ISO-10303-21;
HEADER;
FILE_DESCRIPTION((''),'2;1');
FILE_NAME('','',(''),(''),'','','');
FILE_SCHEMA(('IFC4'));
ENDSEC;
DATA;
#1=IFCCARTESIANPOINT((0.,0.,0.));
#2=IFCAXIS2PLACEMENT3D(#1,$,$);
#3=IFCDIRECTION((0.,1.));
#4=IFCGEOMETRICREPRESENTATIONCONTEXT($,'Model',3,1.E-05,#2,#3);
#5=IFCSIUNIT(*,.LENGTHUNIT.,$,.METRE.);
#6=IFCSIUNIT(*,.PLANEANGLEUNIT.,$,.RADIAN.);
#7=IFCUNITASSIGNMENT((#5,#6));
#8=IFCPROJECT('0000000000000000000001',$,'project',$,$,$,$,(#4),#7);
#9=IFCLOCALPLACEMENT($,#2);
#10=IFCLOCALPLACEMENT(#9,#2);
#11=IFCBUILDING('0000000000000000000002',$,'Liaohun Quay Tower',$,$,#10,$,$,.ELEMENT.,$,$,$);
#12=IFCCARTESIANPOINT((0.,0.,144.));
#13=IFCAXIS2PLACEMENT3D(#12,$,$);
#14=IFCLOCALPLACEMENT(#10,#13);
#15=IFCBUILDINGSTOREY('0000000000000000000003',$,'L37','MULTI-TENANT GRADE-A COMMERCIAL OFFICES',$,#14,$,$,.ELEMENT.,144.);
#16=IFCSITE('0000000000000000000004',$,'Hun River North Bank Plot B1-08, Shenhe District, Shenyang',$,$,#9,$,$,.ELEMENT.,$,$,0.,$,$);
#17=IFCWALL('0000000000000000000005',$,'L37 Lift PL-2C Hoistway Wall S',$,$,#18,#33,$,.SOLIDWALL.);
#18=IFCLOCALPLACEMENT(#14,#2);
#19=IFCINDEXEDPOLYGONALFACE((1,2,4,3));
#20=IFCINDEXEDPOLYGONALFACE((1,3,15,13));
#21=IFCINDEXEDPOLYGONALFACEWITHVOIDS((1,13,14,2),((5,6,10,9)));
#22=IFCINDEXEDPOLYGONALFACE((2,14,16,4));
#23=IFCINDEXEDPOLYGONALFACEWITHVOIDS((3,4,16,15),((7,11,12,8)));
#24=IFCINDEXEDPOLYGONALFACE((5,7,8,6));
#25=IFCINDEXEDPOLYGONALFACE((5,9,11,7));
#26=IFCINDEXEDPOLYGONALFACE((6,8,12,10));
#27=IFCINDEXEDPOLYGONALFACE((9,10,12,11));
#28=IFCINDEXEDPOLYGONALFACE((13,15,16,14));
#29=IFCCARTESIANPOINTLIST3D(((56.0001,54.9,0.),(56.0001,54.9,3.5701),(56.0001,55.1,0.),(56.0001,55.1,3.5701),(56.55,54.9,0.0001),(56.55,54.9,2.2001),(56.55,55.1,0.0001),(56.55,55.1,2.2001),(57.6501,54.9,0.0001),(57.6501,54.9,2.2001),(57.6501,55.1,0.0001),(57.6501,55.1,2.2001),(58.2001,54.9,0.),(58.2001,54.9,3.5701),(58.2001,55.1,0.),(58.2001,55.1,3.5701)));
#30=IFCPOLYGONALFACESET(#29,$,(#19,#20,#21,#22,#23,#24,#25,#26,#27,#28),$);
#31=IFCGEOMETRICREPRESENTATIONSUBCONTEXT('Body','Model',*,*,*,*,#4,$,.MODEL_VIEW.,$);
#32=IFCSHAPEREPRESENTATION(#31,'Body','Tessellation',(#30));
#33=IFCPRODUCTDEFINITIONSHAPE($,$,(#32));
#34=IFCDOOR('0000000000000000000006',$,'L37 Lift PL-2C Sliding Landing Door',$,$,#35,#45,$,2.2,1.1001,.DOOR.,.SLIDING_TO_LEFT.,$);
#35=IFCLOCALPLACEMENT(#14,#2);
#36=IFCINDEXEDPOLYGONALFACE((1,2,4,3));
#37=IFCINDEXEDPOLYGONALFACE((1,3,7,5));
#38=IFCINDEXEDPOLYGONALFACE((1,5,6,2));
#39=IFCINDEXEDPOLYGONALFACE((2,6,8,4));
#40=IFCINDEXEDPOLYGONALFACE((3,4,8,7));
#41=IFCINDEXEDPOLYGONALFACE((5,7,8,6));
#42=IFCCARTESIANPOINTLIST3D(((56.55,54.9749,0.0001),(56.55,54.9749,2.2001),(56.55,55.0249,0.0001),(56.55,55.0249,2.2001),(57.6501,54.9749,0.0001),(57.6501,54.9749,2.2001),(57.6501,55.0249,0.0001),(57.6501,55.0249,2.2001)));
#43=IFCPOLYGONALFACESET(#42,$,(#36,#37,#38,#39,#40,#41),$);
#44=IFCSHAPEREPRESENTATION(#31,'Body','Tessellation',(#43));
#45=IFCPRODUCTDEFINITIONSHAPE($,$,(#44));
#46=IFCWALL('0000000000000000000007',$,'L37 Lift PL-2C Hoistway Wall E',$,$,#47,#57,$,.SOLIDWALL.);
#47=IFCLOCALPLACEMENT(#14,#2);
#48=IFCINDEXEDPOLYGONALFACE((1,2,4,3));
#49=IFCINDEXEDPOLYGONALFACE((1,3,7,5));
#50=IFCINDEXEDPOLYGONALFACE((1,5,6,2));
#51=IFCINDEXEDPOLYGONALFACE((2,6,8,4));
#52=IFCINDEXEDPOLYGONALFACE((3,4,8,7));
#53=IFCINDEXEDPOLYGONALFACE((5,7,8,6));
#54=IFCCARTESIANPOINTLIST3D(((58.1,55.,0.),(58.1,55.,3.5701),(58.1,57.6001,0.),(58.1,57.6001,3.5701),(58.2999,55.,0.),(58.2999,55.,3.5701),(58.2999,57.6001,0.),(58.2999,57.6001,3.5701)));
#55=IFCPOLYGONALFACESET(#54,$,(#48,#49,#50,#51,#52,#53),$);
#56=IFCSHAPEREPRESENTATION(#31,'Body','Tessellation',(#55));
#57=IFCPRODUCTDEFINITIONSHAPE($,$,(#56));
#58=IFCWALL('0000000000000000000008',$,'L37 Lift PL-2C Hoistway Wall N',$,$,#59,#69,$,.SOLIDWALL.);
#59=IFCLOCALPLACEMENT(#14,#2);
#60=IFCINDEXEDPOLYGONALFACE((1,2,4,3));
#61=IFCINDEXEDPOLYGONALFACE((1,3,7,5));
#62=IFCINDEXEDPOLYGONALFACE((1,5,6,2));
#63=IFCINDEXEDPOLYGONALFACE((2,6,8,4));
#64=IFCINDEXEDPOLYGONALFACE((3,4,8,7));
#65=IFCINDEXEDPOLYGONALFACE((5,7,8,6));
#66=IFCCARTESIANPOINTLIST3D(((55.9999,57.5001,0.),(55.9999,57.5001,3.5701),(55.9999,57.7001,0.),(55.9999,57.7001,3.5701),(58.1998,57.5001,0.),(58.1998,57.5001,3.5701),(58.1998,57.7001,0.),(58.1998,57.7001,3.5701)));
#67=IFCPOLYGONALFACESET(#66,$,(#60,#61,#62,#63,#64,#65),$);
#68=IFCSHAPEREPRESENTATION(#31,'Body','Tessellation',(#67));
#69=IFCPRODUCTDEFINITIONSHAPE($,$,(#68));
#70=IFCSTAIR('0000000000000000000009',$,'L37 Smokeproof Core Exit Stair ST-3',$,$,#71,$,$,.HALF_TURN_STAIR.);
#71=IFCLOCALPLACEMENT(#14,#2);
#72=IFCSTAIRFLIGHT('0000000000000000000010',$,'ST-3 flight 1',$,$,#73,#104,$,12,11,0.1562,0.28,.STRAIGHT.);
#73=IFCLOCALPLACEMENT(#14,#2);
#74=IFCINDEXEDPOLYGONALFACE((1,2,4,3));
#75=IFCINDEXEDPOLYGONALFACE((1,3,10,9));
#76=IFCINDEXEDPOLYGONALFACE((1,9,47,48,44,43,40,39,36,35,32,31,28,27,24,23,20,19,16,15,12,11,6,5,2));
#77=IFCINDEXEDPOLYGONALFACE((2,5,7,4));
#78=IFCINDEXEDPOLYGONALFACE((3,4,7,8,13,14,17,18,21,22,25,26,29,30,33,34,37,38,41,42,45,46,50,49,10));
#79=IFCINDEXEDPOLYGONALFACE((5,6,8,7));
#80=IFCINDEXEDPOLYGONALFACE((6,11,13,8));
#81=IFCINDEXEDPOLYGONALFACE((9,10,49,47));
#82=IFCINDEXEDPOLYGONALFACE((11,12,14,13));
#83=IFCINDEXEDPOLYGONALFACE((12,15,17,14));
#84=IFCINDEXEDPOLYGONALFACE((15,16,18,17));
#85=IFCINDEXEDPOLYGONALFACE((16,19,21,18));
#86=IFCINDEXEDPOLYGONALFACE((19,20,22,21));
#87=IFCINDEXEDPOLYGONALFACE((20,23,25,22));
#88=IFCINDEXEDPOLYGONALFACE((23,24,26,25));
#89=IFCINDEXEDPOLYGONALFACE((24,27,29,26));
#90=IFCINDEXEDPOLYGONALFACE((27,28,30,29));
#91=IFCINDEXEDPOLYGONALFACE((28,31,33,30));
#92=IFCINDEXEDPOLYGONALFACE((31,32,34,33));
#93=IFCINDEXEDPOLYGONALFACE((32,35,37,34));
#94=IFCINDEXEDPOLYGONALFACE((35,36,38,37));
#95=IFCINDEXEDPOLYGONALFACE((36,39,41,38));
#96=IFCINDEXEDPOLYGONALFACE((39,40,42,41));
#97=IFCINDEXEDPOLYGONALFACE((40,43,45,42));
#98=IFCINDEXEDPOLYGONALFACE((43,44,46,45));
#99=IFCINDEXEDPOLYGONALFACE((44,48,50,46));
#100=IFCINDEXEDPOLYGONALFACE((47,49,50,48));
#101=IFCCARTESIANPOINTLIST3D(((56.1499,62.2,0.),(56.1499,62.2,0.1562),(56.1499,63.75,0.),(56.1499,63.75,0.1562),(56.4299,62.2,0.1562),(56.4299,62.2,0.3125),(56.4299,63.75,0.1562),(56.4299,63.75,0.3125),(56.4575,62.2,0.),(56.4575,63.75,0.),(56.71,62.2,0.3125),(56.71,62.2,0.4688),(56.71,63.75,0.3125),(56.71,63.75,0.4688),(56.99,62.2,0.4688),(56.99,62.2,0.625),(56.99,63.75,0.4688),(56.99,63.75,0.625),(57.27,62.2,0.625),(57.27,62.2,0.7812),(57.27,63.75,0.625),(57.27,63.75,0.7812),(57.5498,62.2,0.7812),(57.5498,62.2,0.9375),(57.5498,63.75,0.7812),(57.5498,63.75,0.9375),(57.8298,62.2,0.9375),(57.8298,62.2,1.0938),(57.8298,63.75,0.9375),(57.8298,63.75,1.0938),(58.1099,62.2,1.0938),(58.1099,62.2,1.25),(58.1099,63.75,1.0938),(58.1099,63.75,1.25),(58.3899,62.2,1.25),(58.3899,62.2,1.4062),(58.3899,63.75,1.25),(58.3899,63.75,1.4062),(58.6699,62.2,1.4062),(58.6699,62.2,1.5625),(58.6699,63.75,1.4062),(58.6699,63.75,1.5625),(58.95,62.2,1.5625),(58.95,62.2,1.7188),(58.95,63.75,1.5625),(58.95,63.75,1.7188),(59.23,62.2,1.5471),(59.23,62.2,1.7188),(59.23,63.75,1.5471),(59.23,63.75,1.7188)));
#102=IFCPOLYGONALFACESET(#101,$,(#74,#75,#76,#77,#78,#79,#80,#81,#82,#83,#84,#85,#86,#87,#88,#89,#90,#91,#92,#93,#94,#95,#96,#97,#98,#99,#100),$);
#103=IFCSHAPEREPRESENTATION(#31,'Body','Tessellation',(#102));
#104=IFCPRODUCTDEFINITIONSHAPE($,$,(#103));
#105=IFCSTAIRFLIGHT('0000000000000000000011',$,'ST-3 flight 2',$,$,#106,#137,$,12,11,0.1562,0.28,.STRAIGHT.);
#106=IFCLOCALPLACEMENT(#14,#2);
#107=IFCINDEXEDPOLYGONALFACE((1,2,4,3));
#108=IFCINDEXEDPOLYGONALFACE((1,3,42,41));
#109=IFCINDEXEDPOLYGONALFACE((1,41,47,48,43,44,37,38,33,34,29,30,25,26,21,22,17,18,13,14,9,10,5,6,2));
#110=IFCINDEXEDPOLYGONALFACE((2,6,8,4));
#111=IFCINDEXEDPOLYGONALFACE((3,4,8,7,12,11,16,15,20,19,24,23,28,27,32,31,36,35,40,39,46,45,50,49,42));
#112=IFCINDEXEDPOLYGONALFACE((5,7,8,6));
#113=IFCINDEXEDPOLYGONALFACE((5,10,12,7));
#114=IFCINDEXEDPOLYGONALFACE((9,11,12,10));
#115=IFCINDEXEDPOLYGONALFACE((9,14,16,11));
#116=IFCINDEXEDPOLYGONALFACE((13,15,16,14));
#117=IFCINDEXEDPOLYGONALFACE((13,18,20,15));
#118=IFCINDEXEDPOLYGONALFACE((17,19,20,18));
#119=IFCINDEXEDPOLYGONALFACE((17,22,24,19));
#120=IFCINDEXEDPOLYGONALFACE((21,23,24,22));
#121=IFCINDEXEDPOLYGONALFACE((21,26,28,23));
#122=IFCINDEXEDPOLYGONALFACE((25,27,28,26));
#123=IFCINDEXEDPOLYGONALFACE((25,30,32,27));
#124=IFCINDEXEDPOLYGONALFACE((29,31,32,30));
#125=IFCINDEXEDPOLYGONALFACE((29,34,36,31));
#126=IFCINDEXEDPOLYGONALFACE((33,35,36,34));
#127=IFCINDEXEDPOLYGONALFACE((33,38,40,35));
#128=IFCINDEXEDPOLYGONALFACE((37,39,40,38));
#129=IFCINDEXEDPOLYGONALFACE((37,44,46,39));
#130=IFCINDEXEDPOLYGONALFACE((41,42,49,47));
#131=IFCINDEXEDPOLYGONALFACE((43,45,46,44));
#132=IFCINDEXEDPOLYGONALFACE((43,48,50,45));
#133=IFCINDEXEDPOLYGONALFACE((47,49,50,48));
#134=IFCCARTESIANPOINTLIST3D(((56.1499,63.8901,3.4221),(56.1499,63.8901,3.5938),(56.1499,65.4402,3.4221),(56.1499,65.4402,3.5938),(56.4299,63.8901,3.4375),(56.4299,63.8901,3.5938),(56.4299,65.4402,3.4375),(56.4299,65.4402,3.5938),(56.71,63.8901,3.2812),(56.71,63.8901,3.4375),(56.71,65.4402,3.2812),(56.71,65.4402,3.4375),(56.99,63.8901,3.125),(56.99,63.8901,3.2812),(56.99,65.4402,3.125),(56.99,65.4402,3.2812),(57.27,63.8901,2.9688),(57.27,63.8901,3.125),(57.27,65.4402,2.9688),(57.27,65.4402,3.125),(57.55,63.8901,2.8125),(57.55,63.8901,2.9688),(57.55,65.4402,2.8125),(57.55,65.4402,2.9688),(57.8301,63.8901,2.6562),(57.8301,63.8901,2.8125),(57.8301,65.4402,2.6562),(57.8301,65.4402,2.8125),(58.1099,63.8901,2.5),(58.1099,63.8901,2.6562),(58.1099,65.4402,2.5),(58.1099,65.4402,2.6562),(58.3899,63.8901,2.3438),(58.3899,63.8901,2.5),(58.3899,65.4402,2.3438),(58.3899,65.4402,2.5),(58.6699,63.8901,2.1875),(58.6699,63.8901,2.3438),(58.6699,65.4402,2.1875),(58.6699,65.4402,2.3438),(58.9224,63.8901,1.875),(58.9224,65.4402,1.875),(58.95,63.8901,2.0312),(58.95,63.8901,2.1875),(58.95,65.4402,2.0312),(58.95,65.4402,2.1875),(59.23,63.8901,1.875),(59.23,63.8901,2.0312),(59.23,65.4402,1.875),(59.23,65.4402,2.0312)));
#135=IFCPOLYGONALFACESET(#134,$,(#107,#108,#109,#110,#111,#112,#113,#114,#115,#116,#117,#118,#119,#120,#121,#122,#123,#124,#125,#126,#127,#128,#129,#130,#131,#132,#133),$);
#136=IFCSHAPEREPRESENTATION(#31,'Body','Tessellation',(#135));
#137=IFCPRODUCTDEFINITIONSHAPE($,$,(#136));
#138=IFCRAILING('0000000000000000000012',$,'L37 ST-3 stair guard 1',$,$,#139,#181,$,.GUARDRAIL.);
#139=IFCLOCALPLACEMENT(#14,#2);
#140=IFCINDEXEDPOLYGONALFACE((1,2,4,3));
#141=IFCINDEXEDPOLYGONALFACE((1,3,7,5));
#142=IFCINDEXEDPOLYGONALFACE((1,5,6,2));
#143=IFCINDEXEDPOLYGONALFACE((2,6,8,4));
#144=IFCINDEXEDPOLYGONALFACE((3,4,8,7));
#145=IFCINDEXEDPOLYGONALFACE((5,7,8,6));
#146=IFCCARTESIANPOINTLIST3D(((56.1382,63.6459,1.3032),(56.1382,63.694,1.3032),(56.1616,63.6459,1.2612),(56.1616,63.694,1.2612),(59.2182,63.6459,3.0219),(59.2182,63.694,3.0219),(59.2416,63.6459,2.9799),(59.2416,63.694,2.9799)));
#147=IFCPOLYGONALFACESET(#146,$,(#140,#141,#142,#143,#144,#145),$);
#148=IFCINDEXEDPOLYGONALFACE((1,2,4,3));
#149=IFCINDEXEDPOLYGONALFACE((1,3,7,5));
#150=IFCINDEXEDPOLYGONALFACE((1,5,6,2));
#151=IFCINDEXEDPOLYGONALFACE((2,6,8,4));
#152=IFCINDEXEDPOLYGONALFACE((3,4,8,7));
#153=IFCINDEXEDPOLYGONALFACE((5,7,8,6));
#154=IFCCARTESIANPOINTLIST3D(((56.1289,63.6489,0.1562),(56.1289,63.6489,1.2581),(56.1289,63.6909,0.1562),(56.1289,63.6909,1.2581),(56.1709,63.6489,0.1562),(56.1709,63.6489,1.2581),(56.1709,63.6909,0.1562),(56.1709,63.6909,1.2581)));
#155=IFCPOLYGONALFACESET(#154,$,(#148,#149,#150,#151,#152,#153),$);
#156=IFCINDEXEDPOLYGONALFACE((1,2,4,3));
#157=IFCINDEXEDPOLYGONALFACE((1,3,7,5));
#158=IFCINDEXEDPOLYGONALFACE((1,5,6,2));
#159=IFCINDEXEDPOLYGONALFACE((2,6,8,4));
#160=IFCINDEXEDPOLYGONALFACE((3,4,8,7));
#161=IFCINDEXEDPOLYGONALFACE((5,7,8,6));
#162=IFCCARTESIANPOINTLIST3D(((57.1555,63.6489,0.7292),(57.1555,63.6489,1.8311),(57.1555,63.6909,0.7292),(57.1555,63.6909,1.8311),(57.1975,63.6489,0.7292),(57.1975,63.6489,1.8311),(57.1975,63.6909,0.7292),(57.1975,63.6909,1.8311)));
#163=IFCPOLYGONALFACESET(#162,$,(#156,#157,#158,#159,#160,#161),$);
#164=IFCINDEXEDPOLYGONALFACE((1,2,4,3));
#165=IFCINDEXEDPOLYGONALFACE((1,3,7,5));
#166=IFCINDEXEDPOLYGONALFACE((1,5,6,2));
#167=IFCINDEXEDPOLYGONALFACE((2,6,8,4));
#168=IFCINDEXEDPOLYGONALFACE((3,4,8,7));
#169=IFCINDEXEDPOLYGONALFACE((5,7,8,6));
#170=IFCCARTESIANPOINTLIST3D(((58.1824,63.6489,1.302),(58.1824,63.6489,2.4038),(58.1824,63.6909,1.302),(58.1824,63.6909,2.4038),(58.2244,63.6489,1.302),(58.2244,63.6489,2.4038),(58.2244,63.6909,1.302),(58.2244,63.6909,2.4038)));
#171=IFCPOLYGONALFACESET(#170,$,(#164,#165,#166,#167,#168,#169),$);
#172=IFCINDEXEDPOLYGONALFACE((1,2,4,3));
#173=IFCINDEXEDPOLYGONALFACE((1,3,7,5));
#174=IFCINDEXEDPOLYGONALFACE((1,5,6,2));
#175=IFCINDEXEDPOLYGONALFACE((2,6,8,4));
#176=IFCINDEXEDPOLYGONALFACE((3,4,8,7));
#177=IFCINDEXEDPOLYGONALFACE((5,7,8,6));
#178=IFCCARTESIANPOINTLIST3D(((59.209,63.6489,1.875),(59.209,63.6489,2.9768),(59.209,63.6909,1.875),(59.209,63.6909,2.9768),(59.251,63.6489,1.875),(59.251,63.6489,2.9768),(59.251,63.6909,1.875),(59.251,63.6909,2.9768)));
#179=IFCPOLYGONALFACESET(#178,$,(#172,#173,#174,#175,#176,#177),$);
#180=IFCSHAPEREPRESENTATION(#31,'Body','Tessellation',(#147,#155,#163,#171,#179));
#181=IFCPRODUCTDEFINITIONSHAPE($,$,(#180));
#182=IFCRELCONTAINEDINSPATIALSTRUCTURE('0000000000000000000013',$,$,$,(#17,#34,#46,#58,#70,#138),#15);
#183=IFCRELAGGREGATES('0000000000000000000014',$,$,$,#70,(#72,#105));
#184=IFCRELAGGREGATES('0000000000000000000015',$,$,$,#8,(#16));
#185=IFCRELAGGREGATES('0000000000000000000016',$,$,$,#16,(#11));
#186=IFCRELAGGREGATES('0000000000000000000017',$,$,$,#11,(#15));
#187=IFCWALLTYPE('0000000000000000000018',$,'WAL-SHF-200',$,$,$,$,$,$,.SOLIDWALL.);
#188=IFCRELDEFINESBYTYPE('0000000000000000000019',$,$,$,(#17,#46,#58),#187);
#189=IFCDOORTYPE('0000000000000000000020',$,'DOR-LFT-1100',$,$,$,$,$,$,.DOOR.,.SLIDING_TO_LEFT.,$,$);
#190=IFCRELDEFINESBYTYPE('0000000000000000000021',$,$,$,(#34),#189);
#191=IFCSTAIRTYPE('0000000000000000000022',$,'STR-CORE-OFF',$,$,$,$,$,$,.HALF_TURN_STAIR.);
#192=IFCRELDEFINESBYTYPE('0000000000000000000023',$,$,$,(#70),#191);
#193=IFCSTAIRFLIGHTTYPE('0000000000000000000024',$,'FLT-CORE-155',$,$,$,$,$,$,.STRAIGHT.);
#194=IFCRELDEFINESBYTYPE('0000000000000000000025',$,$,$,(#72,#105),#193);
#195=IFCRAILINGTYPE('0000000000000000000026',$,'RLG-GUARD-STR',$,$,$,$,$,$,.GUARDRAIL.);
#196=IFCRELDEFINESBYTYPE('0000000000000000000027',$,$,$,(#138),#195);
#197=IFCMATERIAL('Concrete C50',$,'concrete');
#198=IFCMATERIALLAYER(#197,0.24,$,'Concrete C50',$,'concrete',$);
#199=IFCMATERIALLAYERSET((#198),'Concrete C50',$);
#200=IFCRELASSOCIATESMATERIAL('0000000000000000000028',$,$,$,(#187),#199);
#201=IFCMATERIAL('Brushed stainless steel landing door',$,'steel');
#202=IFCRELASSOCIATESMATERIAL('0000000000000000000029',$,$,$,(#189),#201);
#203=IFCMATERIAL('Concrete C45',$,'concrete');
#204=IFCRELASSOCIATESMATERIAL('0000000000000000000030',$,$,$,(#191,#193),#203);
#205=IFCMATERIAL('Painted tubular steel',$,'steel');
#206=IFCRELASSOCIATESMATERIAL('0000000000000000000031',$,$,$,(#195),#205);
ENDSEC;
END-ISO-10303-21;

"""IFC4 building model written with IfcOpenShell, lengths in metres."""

from ifc_helpers import new_model, si_unit, direction, frame, frame_2d, origin, origin_2d, place, context, subcontext, project, spatial, polyline, rectangle, outline, extrude, source, transform, mapped, material, layer, layer_set, type_object, element, fill, aggregate, save


model = new_model("IFC4")

# Units and contexts
model_context = context("Model", 3, precision=1e-05, world=origin(), true_north=direction((0.0, 1.0)))
body_context = subcontext(model_context, "Body", "Model", "MODEL_VIEW")
ifc_project = project(units=[si_unit("LENGTHUNIT", "METRE"), si_unit("PLANEANGLEUNIT", "RADIAN")], contexts=[model_context])

# Site, building, storey
site_placement = place(None, origin())
site = spatial("IfcSite", under=ifc_project, at=site_placement, Name="Hun River North Bank Plot B1-08, Shenhe District, Shenyang", CompositionType="ELEMENT", RefElevation=0.0)
building_placement = place(site_placement, origin())
building = spatial("IfcBuilding", under=site, at=building_placement, Name="Liaohun Quay Tower", CompositionType="ELEMENT")
storey_placement = place(building_placement, frame((0.0, 0.0, 144.0)))
storey = spatial("IfcBuildingStorey", under=building, at=storey_placement, Name="L37", Description="MULTI-TENANT GRADE-A COMMERCIAL OFFICES", CompositionType="ELEMENT", Elevation=144.0)

# Shared definitions
ifc_material_1 = material(Name="Concrete C50", Category="concrete")
ifc_layer_1 = layer(ifc_material_1, 0.24, Name="Concrete C50", Category="concrete")
ifc_layer_set_1 = layer_set([ifc_layer_1], Name="Concrete C50")
wall_type_1 = type_object("IfcWallType", Name="WAL-SHF-200", PredefinedType="SOLIDWALL", material=ifc_layer_set_1)

# Wall, opening, door
wall_1_placement = place(storey_placement, frame((56.0, 55.0, 0.0), z_axis=(0.0, 0.0, 1.0), x_axis=(1.0, 0.0, 0.0)))
wall_1 = element("IfcWall", 1, at=wall_1_placement, inside=storey, type_object=wall_type_1, Name="L37 Lift PL-2C Hoistway Wall S", PredefinedType="SOLIDWALL", context=body_context, shape_type="SweptSolid", body=[
    extrude(rectangle(XDim=2.2, YDim=0.2, at=frame_2d((1.1001, 0.0))), origin(), (0.0, 0.0, 1.0), 3.5701),
])
shared_shape_1 = source(origin(), body_context, "Body", "SweptSolid", [
    extrude(rectangle(XDim=1.1001, YDim=2.2, at=frame_2d((0.55, 1.1001))), frame((0.0, 0.1099, 0.0), z_axis=(0.0, -1.0, 0.0), x_axis=(1.0, 0.0, 0.0)), (0.0, 0.0, 1.0), 0.22),
])
opening_1_placement = place(wall_1_placement, frame((0.55, 0.0, 0.0)))
opening_1 = element("IfcOpeningElement", 2, at=opening_1_placement, cuts=wall_1, PredefinedType="OPENING", context=body_context, shape_type="MappedRepresentation", body=[
    mapped(shared_shape_1, transform((0.0, 0.0, 0.0), x_axis=(1.0, 0.0, 0.0), y_axis=(0.0, 1.0, 0.0), z_axis=(0.0, 0.0, 1.0), scale=1.0)),
])
ifc_material_2 = material(Name="Brushed stainless steel landing door", Category="steel")
door_type_1 = type_object("IfcDoorType", Name="DOR-LFT-1100", OperationType="SLIDING_TO_LEFT", PredefinedType="DOOR", material=ifc_material_2)
shared_shape_2 = source(origin(), body_context, "Body", "SweptSolid", [
    extrude(rectangle(XDim=1.1001, YDim=2.2, at=frame_2d((0.55, 1.1001))), frame((0.0, 0.0249, 0.0), z_axis=(0.0, -1.0, 0.0), x_axis=(1.0, 0.0, 0.0)), (0.0, 0.0, 1.0), 0.05),
])
door_1_placement = place(opening_1_placement, origin())
door_1 = element("IfcDoor", 3, at=door_1_placement, inside=storey, type_object=door_type_1, Name="L37 Lift PL-2C Sliding Landing Door", OperationType="SLIDING_TO_LEFT", OverallHeight=2.2, OverallWidth=1.1001, PredefinedType="DOOR", context=body_context, shape_type="MappedRepresentation", body=[
    mapped(shared_shape_2, transform((0.0, 0.0, 0.0), x_axis=(1.0, 0.0, 0.0), y_axis=(0.0, 1.0, 0.0), z_axis=(0.0, 0.0, 1.0), scale=1.0)),
])
fill(opening_1, door_1)

# Walls
wall_2_placement = place(storey_placement, frame((58.2, 55.0, 0.0), z_axis=(0.0, 0.0, 1.0), x_axis=(0.0, 1.0, 0.0)))
element("IfcWall", 4, at=wall_2_placement, inside=storey, type_object=wall_type_1, Name="L37 Lift PL-2C Hoistway Wall E", PredefinedType="SOLIDWALL", context=body_context, shape_type="SweptSolid", body=[
    extrude(rectangle(XDim=2.6001, YDim=0.2, at=frame_2d((1.3, 0.0))), origin(), (0.0, 0.0, 1.0), 3.5701),
])
wall_3_placement = place(storey_placement, frame((58.2, 57.6001, 0.0), z_axis=(0.0, 0.0, 1.0), x_axis=(-1.0, 0.0, 0.0)))
element("IfcWall", 5, at=wall_3_placement, inside=storey, type_object=wall_type_1, Name="L37 Lift PL-2C Hoistway Wall N", PredefinedType="SOLIDWALL", context=body_context, shape_type="SweptSolid", body=[
    extrude(rectangle(XDim=2.2, YDim=0.2, at=frame_2d((1.1001, 0.0))), origin(), (0.0, 0.0, 1.0), 3.5701),
])

# Stair, stair flights
ifc_material_3 = material(Name="Concrete C45", Category="concrete")
stair_type = type_object("IfcStairType", Name="STR-CORE-OFF", PredefinedType="HALF_TURN_STAIR", material=ifc_material_3)
stair_placement = place(storey_placement, origin())
stair = element("IfcStair", 6, at=stair_placement, inside=storey, type_object=stair_type, Name="L37 Smokeproof Core Exit Stair ST-3", PredefinedType="HALF_TURN_STAIR")
stair_flight_type = type_object("IfcStairFlightType", Name="FLT-CORE-155", PredefinedType="STRAIGHT", material=ifc_material_3)
stair_flight_1_placement = place(storey_placement, frame((56.1499, 62.9751, 0.0), z_axis=(0.0, 0.0, 1.0), x_axis=(1.0, 0.0, 0.0)))
stair_flight_1 = element("IfcStairFlight", 7, at=stair_flight_1_placement, type_object=stair_flight_type, Name="ST-3 flight 1", NumberOfRisers=12, NumberOfTreads=11, PredefinedType="STRAIGHT", RiserHeight=0.1562, TreadLength=0.28, context=body_context, shape_type="SweptSolid", body=[
    extrude(outline(polyline([(0.0, 0.0), (0.0, 0.1562), (0.28, 0.1562), (0.28, 0.3125), (0.5601, 0.3125), (0.5601, 0.4688), (0.8401, 0.4688), (0.8401, 0.625), (1.1201, 0.625), (1.1201, 0.7812), (1.3999, 0.7812), (1.3999, 0.9375), (1.6799, 0.9375), (1.6799, 1.0938), (1.96, 1.0938), (1.96, 1.25), (2.24, 1.25), (2.24, 1.4062), (2.52, 1.4062), (2.52, 1.5625), (2.8, 1.5625), (2.8, 1.7188), (3.0801, 1.7188), (3.0801, 1.875), (3.0801, 1.5471), (0.3076, 0.0), (0.0, 0.0)])), frame((0.0, 0.7749, 0.0), z_axis=(0.0, -1.0, 0.0), x_axis=(1.0, 0.0, 0.0)), (0.0, 0.0, 1.0), 1.55),
])
stair_flight_2_placement = place(storey_placement, frame((59.23, 64.665, 1.875), z_axis=(0.0, 0.0, 1.0), x_axis=(-1.0, 0.0, 0.0)))
stair_flight_2 = element("IfcStairFlight", 8, at=stair_flight_2_placement, type_object=stair_flight_type, Name="ST-3 flight 2", NumberOfRisers=12, NumberOfTreads=11, PredefinedType="STRAIGHT", RiserHeight=0.1562, TreadLength=0.28, context=body_context, shape_type="SweptSolid", body=[
    extrude(outline(polyline([(0.0, 0.0), (0.0, 0.1562), (0.28, 0.1562), (0.28, 0.3125), (0.5601, 0.3125), (0.5601, 0.4688), (0.8401, 0.4688), (0.8401, 0.625), (1.1201, 0.625), (1.1201, 0.7812), (1.3999, 0.7812), (1.3999, 0.9375), (1.6799, 0.9375), (1.6799, 1.0938), (1.96, 1.0938), (1.96, 1.25), (2.24, 1.25), (2.24, 1.4062), (2.52, 1.4062), (2.52, 1.5625), (2.8, 1.5625), (2.8, 1.7188), (3.0801, 1.7188), (3.0801, 1.875), (3.0801, 1.5471), (0.3076, 0.0), (0.0, 0.0)])), frame((0.0, 0.7749, 0.0), z_axis=(0.0, -1.0, 0.0), x_axis=(1.0, 0.0, 0.0)), (0.0, 0.0, 1.0), 1.55),
])
aggregate(stair, [stair_flight_1, stair_flight_2])

# Railing
ifc_material_4 = material(Name="Painted tubular steel", Category="steel")
railing_type_1 = type_object("IfcRailingType", Name="RLG-GUARD-STR", PredefinedType="GUARDRAIL", material=ifc_material_4)
railing_1_placement = place(storey_placement, frame((56.1499, 63.6699, 0.1562)))
element("IfcRailing", 9, at=railing_1_placement, inside=storey, type_object=railing_type_1, Name="L37 ST-3 stair guard 1", PredefinedType="GUARDRAIL", context=body_context, shape_type="SweptSolid", body=[
    extrude(rectangle(XDim=0.0481, YDim=0.0481, at=origin_2d()), frame((0.0, 0.0, 1.126), z_axis=(0.873242, 0.0, 0.487288), x_axis=(0.0, 1.0, 0.0)), (0.0, 0.0, 1.0), 3.5271),
    extrude(rectangle(XDim=0.042, YDim=0.042, at=origin_2d()), origin(), (0.0, 0.0, 1.0), 1.1018),
    extrude(rectangle(XDim=0.042, YDim=0.042, at=origin_2d()), frame((1.0266, 0.0, 0.573)), (0.0, 0.0, 1.0), 1.1018),
    extrude(rectangle(XDim=0.042, YDim=0.042, at=origin_2d()), frame((2.0535, 0.0, 1.1458)), (0.0, 0.0, 1.0), 1.1018),
    extrude(rectangle(XDim=0.042, YDim=0.042, at=origin_2d()), frame((3.0801, 0.0, 1.7188)), (0.0, 0.0, 1.0), 1.1018),
])

save(model, "model.ifc")
